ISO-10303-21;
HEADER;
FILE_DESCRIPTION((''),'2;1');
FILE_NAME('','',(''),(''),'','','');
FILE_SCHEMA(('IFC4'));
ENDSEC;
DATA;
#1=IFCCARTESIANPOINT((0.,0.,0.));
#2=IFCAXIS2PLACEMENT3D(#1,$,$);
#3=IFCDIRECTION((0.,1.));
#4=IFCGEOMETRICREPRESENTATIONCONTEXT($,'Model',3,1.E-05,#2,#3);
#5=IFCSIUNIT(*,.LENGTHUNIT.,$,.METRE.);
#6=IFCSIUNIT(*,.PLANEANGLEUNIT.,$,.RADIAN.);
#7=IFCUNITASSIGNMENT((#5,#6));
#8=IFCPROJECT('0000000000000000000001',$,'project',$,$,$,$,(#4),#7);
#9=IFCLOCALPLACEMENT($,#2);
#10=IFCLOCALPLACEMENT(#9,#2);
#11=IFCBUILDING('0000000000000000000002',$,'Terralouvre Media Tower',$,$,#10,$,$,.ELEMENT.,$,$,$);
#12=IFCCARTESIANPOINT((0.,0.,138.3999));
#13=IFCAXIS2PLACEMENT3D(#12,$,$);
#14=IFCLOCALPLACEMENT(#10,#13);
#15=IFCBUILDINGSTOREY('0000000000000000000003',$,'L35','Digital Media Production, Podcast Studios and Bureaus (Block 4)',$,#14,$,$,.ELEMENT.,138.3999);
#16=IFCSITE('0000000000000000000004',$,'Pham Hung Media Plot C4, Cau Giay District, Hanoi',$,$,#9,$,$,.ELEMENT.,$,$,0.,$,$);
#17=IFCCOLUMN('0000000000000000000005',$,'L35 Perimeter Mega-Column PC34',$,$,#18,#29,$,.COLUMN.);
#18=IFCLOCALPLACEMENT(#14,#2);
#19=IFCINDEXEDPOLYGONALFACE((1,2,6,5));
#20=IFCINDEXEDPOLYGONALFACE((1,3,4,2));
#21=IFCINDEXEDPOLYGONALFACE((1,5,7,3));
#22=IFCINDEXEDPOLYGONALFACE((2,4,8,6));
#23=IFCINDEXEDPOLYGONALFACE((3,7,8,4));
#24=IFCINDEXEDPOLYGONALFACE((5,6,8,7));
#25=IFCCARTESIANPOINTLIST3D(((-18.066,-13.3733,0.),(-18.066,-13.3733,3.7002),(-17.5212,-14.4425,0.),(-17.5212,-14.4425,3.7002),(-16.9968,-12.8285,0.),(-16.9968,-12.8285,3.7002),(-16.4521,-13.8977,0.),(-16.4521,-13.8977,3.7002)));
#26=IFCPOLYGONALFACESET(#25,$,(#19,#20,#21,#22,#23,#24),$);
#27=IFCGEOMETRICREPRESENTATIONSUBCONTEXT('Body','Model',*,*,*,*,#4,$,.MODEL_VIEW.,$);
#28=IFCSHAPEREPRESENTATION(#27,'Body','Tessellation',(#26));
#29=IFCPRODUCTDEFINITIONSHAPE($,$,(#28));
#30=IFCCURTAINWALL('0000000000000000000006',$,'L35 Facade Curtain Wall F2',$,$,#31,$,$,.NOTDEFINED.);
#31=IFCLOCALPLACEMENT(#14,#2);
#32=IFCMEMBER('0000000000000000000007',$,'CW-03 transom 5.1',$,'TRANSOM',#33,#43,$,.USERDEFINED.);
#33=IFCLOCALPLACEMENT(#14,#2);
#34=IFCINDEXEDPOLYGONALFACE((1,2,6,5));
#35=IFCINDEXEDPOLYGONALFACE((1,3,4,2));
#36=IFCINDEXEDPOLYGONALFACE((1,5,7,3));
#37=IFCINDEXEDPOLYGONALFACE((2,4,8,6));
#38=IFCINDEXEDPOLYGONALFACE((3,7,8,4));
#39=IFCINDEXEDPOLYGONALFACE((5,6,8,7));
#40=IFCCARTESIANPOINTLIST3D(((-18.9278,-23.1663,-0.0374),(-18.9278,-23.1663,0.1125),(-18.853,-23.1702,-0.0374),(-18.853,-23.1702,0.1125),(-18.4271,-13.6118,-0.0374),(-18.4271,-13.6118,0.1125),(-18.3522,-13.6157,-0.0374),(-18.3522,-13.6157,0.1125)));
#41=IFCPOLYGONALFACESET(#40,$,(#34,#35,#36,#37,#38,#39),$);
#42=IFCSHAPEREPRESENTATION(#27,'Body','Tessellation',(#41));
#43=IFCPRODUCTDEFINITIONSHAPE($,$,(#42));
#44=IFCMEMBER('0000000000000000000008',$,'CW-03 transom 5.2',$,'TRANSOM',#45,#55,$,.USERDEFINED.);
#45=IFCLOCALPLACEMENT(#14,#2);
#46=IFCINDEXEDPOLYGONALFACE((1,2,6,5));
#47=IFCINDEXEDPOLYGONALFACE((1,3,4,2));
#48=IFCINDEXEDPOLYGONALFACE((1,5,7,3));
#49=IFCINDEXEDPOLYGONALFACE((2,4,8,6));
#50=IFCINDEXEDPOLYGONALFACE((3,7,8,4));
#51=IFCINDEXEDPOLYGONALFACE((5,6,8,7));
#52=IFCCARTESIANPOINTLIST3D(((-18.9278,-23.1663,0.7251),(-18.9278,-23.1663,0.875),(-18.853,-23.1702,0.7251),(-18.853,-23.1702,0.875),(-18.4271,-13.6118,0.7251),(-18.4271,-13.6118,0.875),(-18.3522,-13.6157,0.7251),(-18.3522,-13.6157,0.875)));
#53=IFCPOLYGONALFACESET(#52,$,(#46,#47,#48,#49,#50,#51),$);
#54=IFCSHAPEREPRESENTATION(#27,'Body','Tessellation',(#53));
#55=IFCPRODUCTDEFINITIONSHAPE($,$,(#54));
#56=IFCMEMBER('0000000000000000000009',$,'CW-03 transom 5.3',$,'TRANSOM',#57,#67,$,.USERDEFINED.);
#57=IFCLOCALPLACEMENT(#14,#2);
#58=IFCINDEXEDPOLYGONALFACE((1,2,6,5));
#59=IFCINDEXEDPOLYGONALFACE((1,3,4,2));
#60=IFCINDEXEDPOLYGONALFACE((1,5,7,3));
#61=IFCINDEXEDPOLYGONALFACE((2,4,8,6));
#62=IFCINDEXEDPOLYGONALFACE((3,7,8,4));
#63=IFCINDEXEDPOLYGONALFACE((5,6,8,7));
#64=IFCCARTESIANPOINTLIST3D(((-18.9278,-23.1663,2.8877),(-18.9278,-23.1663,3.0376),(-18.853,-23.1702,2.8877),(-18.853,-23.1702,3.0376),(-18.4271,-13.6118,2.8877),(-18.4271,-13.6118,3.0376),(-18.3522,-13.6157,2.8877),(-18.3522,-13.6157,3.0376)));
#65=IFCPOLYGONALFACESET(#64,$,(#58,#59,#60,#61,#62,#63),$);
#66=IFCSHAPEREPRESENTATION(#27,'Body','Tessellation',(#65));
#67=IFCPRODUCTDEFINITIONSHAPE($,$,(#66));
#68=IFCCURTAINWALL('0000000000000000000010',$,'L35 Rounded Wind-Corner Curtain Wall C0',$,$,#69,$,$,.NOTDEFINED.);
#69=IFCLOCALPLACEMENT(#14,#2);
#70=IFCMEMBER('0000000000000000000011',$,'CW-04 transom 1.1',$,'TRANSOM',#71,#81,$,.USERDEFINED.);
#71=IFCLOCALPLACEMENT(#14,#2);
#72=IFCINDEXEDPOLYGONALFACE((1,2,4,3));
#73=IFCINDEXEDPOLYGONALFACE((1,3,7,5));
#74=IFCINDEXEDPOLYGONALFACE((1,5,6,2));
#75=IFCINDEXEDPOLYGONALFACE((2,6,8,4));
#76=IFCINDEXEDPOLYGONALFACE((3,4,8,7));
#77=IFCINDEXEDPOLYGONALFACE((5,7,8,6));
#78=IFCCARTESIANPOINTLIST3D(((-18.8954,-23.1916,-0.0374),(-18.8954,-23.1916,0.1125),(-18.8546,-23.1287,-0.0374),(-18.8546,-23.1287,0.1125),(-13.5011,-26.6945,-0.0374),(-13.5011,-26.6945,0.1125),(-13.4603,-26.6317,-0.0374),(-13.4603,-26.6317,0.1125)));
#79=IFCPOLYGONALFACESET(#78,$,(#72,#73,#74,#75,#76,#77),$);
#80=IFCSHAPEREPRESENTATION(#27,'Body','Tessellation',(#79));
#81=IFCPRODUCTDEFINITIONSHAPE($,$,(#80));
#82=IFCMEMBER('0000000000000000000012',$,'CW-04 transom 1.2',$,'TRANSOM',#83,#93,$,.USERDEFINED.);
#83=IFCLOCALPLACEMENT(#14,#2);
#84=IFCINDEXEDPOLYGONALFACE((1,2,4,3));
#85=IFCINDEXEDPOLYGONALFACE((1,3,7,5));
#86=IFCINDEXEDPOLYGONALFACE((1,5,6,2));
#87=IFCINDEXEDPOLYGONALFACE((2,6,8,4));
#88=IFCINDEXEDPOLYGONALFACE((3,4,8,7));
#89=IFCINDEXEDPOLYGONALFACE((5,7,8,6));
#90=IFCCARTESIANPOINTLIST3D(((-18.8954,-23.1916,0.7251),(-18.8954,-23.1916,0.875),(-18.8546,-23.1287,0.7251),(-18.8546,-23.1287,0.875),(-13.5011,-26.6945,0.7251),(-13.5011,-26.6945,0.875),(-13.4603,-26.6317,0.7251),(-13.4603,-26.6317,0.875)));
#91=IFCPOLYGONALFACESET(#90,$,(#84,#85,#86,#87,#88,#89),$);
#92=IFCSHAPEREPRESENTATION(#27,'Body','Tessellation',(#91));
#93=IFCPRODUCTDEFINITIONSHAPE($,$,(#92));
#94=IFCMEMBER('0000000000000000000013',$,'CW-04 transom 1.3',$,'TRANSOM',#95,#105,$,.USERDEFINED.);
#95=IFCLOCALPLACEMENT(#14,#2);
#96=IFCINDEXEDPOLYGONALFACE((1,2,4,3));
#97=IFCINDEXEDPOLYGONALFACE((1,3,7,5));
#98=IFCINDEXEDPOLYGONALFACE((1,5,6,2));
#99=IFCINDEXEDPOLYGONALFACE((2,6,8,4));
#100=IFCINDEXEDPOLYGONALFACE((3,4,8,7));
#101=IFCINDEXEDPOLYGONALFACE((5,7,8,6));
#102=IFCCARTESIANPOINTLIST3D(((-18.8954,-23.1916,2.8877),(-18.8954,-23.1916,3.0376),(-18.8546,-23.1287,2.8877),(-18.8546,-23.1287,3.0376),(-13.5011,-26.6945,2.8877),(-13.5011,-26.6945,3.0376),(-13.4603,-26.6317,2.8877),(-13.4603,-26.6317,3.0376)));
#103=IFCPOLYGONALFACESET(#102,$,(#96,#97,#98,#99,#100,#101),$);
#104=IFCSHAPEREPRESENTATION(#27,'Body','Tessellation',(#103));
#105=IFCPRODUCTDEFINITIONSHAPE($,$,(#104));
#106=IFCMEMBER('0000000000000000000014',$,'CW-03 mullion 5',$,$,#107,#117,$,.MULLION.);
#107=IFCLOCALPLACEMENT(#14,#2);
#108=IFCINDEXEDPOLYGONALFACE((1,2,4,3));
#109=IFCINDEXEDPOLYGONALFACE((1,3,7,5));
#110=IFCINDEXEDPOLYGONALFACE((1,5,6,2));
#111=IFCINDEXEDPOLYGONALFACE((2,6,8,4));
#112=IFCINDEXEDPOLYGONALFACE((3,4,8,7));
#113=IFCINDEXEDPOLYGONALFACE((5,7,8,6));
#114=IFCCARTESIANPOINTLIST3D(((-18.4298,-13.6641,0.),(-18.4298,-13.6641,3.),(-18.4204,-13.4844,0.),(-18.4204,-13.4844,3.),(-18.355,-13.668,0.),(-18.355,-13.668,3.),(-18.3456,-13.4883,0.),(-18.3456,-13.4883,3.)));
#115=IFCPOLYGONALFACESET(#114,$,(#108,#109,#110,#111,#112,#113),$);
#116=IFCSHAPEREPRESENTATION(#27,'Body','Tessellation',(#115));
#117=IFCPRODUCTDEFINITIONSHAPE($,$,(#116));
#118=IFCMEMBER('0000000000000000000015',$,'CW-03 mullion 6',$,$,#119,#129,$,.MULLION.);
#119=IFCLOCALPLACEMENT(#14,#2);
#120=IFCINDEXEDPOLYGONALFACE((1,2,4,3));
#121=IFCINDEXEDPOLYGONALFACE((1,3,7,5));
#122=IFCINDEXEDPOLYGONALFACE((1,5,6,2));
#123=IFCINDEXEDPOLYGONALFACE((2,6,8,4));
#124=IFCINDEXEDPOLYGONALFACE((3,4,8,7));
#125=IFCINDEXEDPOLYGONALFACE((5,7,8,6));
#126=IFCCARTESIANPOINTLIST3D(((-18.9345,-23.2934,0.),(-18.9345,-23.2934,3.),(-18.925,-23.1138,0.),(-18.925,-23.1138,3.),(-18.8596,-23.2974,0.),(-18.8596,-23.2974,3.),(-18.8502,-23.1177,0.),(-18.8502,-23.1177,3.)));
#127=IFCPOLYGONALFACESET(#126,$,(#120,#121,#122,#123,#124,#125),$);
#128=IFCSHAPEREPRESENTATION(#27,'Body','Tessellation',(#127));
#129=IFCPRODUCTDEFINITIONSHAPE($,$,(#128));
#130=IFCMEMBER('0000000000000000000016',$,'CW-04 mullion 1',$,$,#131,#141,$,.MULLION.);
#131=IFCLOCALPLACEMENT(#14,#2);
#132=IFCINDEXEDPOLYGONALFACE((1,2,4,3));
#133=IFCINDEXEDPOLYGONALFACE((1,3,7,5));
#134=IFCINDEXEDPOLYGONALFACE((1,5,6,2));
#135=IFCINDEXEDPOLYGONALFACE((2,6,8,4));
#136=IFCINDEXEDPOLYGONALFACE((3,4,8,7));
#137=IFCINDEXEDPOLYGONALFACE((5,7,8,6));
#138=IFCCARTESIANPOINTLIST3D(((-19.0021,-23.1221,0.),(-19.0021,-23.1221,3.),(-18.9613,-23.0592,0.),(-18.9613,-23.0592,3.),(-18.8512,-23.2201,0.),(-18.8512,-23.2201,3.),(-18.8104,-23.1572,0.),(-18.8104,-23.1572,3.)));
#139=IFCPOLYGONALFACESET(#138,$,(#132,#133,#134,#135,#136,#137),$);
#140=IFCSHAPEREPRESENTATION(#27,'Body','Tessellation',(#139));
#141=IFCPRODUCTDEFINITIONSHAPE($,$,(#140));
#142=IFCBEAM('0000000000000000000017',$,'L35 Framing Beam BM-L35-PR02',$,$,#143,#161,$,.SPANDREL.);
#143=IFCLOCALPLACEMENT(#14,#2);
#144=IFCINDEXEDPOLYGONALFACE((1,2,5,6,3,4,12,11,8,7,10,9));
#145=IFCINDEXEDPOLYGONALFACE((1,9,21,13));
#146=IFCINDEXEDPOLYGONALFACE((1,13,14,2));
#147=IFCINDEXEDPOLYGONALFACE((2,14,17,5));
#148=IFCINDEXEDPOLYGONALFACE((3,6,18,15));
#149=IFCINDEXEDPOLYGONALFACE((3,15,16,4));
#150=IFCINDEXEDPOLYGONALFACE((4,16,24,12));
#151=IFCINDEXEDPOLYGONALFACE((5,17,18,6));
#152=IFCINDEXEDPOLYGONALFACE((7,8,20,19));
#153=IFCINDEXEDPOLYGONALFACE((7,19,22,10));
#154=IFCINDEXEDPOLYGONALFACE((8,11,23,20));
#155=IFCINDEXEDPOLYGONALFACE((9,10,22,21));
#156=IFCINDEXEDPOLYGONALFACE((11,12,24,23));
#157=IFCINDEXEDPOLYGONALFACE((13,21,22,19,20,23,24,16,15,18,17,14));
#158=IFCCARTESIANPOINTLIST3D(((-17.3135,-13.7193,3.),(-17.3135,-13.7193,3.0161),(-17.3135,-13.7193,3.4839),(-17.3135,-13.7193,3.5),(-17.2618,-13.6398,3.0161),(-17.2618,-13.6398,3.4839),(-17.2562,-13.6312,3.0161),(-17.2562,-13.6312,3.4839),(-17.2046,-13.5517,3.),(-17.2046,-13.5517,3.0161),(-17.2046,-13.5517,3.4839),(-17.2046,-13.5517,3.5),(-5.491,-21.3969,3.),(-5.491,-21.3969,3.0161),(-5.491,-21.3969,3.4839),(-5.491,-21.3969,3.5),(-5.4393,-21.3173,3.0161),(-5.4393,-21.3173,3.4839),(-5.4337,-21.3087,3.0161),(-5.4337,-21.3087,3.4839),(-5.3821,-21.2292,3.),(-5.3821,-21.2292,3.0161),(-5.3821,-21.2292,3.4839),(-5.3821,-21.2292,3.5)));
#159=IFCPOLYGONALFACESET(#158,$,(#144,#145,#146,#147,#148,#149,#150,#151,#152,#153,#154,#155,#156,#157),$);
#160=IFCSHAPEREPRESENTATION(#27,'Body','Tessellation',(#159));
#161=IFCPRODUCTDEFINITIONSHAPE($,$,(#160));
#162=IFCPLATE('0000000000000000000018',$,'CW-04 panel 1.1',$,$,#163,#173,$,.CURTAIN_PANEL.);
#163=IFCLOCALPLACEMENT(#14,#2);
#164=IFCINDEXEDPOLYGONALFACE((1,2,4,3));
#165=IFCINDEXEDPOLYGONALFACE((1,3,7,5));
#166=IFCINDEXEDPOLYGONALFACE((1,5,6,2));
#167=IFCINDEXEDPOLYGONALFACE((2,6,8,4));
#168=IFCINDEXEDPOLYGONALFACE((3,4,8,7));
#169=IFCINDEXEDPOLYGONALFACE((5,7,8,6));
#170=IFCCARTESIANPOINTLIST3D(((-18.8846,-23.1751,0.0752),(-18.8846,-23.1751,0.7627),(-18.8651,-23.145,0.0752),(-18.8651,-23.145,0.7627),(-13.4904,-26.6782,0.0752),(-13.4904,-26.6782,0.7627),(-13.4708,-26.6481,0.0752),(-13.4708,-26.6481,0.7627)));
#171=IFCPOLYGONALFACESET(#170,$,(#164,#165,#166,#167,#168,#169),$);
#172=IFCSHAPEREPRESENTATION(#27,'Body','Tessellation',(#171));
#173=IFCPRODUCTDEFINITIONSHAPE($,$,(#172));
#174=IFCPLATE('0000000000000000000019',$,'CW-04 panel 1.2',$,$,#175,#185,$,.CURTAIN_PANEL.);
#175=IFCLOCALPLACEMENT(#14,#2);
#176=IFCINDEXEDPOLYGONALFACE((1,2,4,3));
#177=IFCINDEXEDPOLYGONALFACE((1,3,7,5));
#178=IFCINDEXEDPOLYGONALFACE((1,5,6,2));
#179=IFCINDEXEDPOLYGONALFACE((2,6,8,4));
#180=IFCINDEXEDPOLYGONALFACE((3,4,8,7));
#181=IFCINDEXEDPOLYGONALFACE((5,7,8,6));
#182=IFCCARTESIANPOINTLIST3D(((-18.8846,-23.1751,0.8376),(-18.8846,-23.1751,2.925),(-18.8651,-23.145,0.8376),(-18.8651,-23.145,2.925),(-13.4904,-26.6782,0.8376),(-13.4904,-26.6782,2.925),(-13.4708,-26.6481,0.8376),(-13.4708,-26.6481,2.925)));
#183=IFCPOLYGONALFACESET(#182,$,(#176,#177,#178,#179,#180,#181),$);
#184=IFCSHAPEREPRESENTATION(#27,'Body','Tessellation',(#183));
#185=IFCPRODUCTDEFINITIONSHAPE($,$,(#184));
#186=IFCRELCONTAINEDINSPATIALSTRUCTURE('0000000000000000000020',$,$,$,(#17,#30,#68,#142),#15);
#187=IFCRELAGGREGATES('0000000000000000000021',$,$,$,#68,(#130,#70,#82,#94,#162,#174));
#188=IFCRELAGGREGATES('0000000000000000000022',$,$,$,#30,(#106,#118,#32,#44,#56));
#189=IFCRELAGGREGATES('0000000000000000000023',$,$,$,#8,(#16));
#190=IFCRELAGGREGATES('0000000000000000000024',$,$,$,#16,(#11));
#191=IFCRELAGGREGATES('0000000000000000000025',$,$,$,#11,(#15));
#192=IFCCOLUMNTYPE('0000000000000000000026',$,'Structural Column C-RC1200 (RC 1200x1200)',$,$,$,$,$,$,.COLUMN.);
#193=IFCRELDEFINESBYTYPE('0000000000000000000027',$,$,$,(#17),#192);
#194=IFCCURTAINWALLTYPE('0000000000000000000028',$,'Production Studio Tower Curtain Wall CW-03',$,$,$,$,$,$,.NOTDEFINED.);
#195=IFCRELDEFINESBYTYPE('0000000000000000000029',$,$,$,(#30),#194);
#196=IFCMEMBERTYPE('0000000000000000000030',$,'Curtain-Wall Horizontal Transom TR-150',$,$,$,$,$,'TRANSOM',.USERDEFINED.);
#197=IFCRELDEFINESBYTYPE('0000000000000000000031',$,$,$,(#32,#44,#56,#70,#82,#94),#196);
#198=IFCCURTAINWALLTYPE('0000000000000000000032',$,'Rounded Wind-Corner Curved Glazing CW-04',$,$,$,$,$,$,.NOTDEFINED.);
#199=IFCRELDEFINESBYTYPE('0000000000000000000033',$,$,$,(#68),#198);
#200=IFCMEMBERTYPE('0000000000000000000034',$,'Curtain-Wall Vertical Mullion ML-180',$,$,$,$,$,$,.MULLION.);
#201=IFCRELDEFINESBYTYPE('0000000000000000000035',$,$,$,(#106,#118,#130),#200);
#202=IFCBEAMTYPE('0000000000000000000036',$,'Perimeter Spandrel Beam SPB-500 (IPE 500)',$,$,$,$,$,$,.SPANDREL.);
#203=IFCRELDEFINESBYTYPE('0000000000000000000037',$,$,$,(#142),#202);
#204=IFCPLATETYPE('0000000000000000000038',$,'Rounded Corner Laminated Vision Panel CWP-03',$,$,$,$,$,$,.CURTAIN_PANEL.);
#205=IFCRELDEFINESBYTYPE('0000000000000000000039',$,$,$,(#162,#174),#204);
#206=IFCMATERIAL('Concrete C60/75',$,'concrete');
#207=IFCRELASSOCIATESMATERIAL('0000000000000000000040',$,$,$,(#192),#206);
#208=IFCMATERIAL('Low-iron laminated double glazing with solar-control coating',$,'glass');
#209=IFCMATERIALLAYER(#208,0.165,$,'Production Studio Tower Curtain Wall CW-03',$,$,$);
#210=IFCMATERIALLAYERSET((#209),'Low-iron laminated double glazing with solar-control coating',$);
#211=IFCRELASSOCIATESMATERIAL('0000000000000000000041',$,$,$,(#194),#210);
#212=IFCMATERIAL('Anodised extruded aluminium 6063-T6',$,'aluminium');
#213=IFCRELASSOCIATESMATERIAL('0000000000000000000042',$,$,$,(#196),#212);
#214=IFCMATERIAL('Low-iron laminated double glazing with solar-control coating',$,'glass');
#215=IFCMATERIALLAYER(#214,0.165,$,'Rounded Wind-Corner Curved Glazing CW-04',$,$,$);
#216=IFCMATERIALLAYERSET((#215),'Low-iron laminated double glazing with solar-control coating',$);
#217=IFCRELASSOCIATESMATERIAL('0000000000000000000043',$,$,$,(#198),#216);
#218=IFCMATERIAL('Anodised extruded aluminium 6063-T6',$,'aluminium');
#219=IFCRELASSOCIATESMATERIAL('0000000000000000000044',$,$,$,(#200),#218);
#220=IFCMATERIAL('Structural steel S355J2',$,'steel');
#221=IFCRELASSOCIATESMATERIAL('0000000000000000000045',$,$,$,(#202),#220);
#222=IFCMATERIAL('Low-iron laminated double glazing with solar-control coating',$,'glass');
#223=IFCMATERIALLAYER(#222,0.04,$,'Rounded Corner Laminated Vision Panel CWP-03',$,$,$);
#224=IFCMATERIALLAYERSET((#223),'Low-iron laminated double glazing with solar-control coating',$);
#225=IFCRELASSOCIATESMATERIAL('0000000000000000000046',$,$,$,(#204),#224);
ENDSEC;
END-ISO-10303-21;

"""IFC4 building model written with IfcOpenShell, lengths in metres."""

from ifc_helpers import new_model, si_unit, direction, frame, origin, origin_2d, place, context, subcontext, project, spatial, rectangle, i_section, extrude, material, layer, layer_set, material_profile, profile_set, type_object, element, aggregate, save


model = new_model("IFC4")

# Units and contexts
model_context = context("Model", 3, precision=1e-05, world=origin(), true_north=direction((0.0, 1.0)))
body_context = subcontext(model_context, "Body", "Model", "MODEL_VIEW")
ifc_project = project(units=[si_unit("LENGTHUNIT", "METRE"), si_unit("PLANEANGLEUNIT", "RADIAN")], contexts=[model_context])

# Site, building, storey
site_placement = place(None, origin())
site = spatial("IfcSite", under=ifc_project, at=site_placement, Name="Pham Hung Media Plot C4, Cau Giay District, Hanoi", CompositionType="ELEMENT", RefElevation=0.0)
building_placement = place(site_placement, origin())
building = spatial("IfcBuilding", under=site, at=building_placement, Name="Terralouvre Media Tower", CompositionType="ELEMENT")
storey_placement = place(building_placement, frame((0.0, 0.0, 138.3999)))
storey = spatial("IfcBuildingStorey", under=building, at=storey_placement, Name="L35", Description="Digital Media Production, Podcast Studios and Bureaus (Block 4)", CompositionType="ELEMENT", Elevation=138.3999)

# Column
ifc_material_1 = material(Name="Concrete C60/75", Category="concrete")
ifc_material_profile_1 = material_profile(ifc_material_1, rectangle(XDim=1.2, YDim=1.2, at=origin_2d()), Name="RC 1200x1200")
ifc_profile_set_1 = profile_set([ifc_material_profile_1], Name="Concrete C60/75")
column_type = type_object("IfcColumnType", Name="Structural Column C-RC1200 (RC 1200x1200)", PredefinedType="COLUMN", material=ifc_profile_set_1)
column_placement = place(storey_placement, frame((-17.259, -13.6355, 0.0), z_axis=(0.0, 0.0, 1.0), x_axis=(0.891007, 0.45399, 0.0)))
element("IfcColumn", 1, at=column_placement, inside=storey, type_object=column_type, Name="L35 Perimeter Mega-Column PC34", PredefinedType="COLUMN", context=body_context, shape_type="SweptSolid", body=[
    extrude(rectangle(XDim=1.2, YDim=1.2, at=origin_2d()), origin(), (0.0, 0.0, 1.0), 3.7002),
])

# Curtain walls, members
ifc_material_2 = material(Name="Low-iron laminated double glazing with solar-control coating", Category="glass")
ifc_layer_1 = layer(ifc_material_2, 0.165, Name="Production Studio Tower Curtain Wall CW-03")
ifc_layer_set_1 = layer_set([ifc_layer_1], Name="Low-iron laminated double glazing with solar-control coating")
curtain_wall_type_1 = type_object("IfcCurtainWallType", Name="Production Studio Tower Curtain Wall CW-03", PredefinedType="NOTDEFINED", material=ifc_layer_set_1)
curtain_wall_1_placement = place(storey_placement, origin())
curtain_wall_1 = element("IfcCurtainWall", 2, at=curtain_wall_1_placement, inside=storey, type_object=curtain_wall_type_1, Name="L35 Facade Curtain Wall F2", PredefinedType="NOTDEFINED")
ifc_material_3 = material(Name="Anodised extruded aluminium 6063-T6", Category="aluminium")
ifc_material_profile_2 = material_profile(ifc_material_3, rectangle(XDim=0.075, YDim=0.1499, at=origin_2d()), Name="ALU 75x150")
ifc_profile_set_2 = profile_set([ifc_material_profile_2], Name="Anodised extruded aluminium 6063-T6")
member_type_1 = type_object("IfcMemberType", Name="Curtain-Wall Horizontal Transom TR-150", ElementType="TRANSOM", PredefinedType="USERDEFINED", material=ifc_profile_set_2)
member_1_placement = place(storey_placement, frame((-18.3896, -13.6138, 0.0376), z_axis=(-0.052337, -0.99863, 0.0), x_axis=(0.99863, -0.052337, 0.0)))
member_1 = element("IfcMember", 3, at=member_1_placement, type_object=member_type_1, Name="CW-03 transom 5.1", ObjectType="TRANSOM", PredefinedType="USERDEFINED", context=body_context, shape_type="SweptSolid", body=[
    extrude(rectangle(XDim=0.075, YDim=0.1499, at=origin_2d()), origin(), (0.0, 0.0, 1.0), 9.5676),
])
member_2_placement = place(storey_placement, frame((-18.3896, -13.6138, 0.8), z_axis=(-0.052337, -0.99863, 0.0), x_axis=(0.99863, -0.052337, 0.0)))
member_2 = element("IfcMember", 4, at=member_2_placement, type_object=member_type_1, Name="CW-03 transom 5.2", ObjectType="TRANSOM", PredefinedType="USERDEFINED", context=body_context, shape_type="SweptSolid", body=[
    extrude(rectangle(XDim=0.075, YDim=0.1499, at=origin_2d()), origin(), (0.0, 0.0, 1.0), 9.5676),
])
member_3_placement = place(storey_placement, frame((-18.3896, -13.6138, 2.9626), z_axis=(-0.052337, -0.99863, 0.0), x_axis=(0.99863, -0.052337, 0.0)))
member_3 = element("IfcMember", 5, at=member_3_placement, type_object=member_type_1, Name="CW-03 transom 5.3", ObjectType="TRANSOM", PredefinedType="USERDEFINED", context=body_context, shape_type="SweptSolid", body=[
    extrude(rectangle(XDim=0.075, YDim=0.1499, at=origin_2d()), origin(), (0.0, 0.0, 1.0), 9.5676),
])
ifc_material_4 = material(Name="Low-iron laminated double glazing with solar-control coating", Category="glass")
ifc_layer_2 = layer(ifc_material_4, 0.165, Name="Rounded Wind-Corner Curved Glazing CW-04")
ifc_layer_set_2 = layer_set([ifc_layer_2], Name="Low-iron laminated double glazing with solar-control coating")
curtain_wall_type_2 = type_object("IfcCurtainWallType", Name="Rounded Wind-Corner Curved Glazing CW-04", PredefinedType="NOTDEFINED", material=ifc_layer_set_2)
curtain_wall_2_placement = place(storey_placement, origin())
curtain_wall_2 = element("IfcCurtainWall", 6, at=curtain_wall_2_placement, inside=storey, type_object=curtain_wall_type_2, Name="L35 Rounded Wind-Corner Curtain Wall C0", PredefinedType="NOTDEFINED")
member_4_placement = place(storey_placement, frame((-18.875, -23.1602, 0.0376), z_axis=(0.838682, -0.544621, 0.0), x_axis=(0.544621, 0.838682, 0.0)))
member_4 = element("IfcMember", 7, at=member_4_placement, type_object=member_type_1, Name="CW-04 transom 1.1", ObjectType="TRANSOM", PredefinedType="USERDEFINED", context=body_context, shape_type="SweptSolid", body=[
    extrude(rectangle(XDim=0.075, YDim=0.1499, at=origin_2d()), origin(), (0.0, 0.0, 1.0), 6.4319),
])
member_5_placement = place(storey_placement, frame((-18.875, -23.1602, 0.8), z_axis=(0.838682, -0.544621, 0.0), x_axis=(0.544621, 0.838682, 0.0)))
member_5 = element("IfcMember", 8, at=member_5_placement, type_object=member_type_1, Name="CW-04 transom 1.2", ObjectType="TRANSOM", PredefinedType="USERDEFINED", context=body_context, shape_type="SweptSolid", body=[
    extrude(rectangle(XDim=0.075, YDim=0.1499, at=origin_2d()), origin(), (0.0, 0.0, 1.0), 6.4319),
])
member_6_placement = place(storey_placement, frame((-18.875, -23.1602, 2.9626), z_axis=(0.838682, -0.544621, 0.0), x_axis=(0.544621, 0.838682, 0.0)))
member_6 = element("IfcMember", 9, at=member_6_placement, type_object=member_type_1, Name="CW-04 transom 1.3", ObjectType="TRANSOM", PredefinedType="USERDEFINED", context=body_context, shape_type="SweptSolid", body=[
    extrude(rectangle(XDim=0.075, YDim=0.1499, at=origin_2d()), origin(), (0.0, 0.0, 1.0), 6.4319),
])

# Members
ifc_material_5 = material(Name="Anodised extruded aluminium 6063-T6", Category="aluminium")
ifc_material_profile_3 = material_profile(ifc_material_5, rectangle(XDim=0.075, YDim=0.1799, at=origin_2d()), Name="ALU 75x180")
ifc_profile_set_3 = profile_set([ifc_material_profile_3], Name="Anodised extruded aluminium 6063-T6")
member_type_2 = type_object("IfcMemberType", Name="Curtain-Wall Vertical Mullion ML-180", PredefinedType="MULLION", material=ifc_profile_set_3)
member_7_placement = place(storey_placement, frame((-18.3877, -13.5762, 0.0), z_axis=(0.0, 0.0, 1.0), x_axis=(0.99863, -0.052336, 0.0)))
member_7 = element("IfcMember", 10, at=member_7_placement, type_object=member_type_2, Name="CW-03 mullion 5", PredefinedType="MULLION", context=body_context, shape_type="SweptSolid", body=[
    extrude(rectangle(XDim=0.075, YDim=0.1799, at=origin_2d()), origin(), (0.0, 0.0, 1.0), 3.0),
])
member_8_placement = place(storey_placement, frame((-18.8923, -23.2056, 0.0), z_axis=(0.0, 0.0, 1.0), x_axis=(0.99863, -0.052336, 0.0)))
member_8 = element("IfcMember", 11, at=member_8_placement, type_object=member_type_2, Name="CW-03 mullion 6", PredefinedType="MULLION", context=body_context, shape_type="SweptSolid", body=[
    extrude(rectangle(XDim=0.075, YDim=0.1799, at=origin_2d()), origin(), (0.0, 0.0, 1.0), 3.0),
])
member_9_placement = place(storey_placement, frame((-18.9062, -23.1396, 0.0), z_axis=(0.0, 0.0, 1.0), x_axis=(0.544639, 0.83867, 0.0)))
member_9 = element("IfcMember", 12, at=member_9_placement, type_object=member_type_2, Name="CW-04 mullion 1", PredefinedType="MULLION", context=body_context, shape_type="SweptSolid", body=[
    extrude(rectangle(XDim=0.075, YDim=0.1799, at=origin_2d()), origin(), (0.0, 0.0, 1.0), 3.0),
])

# Beam
ifc_material_6 = material(Name="Structural steel S355J2", Category="steel")
ifc_material_profile_4 = material_profile(ifc_material_6, i_section(OverallWidth=0.2, OverallDepth=0.5, WebThickness=0.0103, FlangeThickness=0.0161, at=origin_2d()), Name="IPE 500")
ifc_profile_set_4 = profile_set([ifc_material_profile_4], Name="Structural steel S355J2")
beam_type = type_object("IfcBeamType", Name="Perimeter Spandrel Beam SPB-500 (IPE 500)", PredefinedType="SPANDREL", material=ifc_profile_set_4)
beam_placement = place(storey_placement, frame((-17.259, -13.6355, 3.25), z_axis=(0.838675, -0.544632, 0.0), x_axis=(0.544632, 0.838675, 0.0)))
element("IfcBeam", 13, at=beam_placement, inside=storey, type_object=beam_type, Name="L35 Framing Beam BM-L35-PR02", PredefinedType="SPANDREL", context=body_context, shape_type="SweptSolid", body=[
    extrude(i_section(OverallWidth=0.2, OverallDepth=0.5, WebThickness=0.0103, FlangeThickness=0.0161, at=origin_2d()), origin(), (0.0, 0.0, 1.0), 14.0967),
])

# Plates
ifc_material_7 = material(Name="Low-iron laminated double glazing with solar-control coating", Category="glass")
ifc_layer_3 = layer(ifc_material_7, 0.04, Name="Rounded Corner Laminated Vision Panel CWP-03")
ifc_layer_set_3 = layer_set([ifc_layer_3], Name="Low-iron laminated double glazing with solar-control coating")
plate_type_1 = type_object("IfcPlateType", Name="Rounded Corner Laminated Vision Panel CWP-03", PredefinedType="CURTAIN_PANEL", material=ifc_layer_set_3)
plate_1_placement = place(storey_placement, frame((-16.1777, -24.9116, 0.0752), z_axis=(0.0, 0.0, 1.0), x_axis=(0.83867, -0.544639, 0.0)))
plate_1 = element("IfcPlate", 14, at=plate_1_placement, type_object=plate_type_1, Name="CW-04 panel 1.1", PredefinedType="CURTAIN_PANEL", context=body_context, shape_type="SweptSolid", body=[
    extrude(rectangle(XDim=6.4319, YDim=0.0359, at=origin_2d()), origin(), (0.0, 0.0, 1.0), 0.6875),
])
plate_2_placement = place(storey_placement, frame((-16.1777, -24.9116, 0.8376), z_axis=(0.0, 0.0, 1.0), x_axis=(0.83867, -0.544639, 0.0)))
plate_2 = element("IfcPlate", 15, at=plate_2_placement, type_object=plate_type_1, Name="CW-04 panel 1.2", PredefinedType="CURTAIN_PANEL", context=body_context, shape_type="SweptSolid", body=[
    extrude(rectangle(XDim=6.4319, YDim=0.0359, at=origin_2d()), origin(), (0.0, 0.0, 1.0), 2.0874),
])
aggregate(curtain_wall_2, [member_9, member_4, member_5, member_6, plate_1, plate_2])
aggregate(curtain_wall_1, [member_7, member_8, member_1, member_2, member_3])

save(model, "model.ifc")
